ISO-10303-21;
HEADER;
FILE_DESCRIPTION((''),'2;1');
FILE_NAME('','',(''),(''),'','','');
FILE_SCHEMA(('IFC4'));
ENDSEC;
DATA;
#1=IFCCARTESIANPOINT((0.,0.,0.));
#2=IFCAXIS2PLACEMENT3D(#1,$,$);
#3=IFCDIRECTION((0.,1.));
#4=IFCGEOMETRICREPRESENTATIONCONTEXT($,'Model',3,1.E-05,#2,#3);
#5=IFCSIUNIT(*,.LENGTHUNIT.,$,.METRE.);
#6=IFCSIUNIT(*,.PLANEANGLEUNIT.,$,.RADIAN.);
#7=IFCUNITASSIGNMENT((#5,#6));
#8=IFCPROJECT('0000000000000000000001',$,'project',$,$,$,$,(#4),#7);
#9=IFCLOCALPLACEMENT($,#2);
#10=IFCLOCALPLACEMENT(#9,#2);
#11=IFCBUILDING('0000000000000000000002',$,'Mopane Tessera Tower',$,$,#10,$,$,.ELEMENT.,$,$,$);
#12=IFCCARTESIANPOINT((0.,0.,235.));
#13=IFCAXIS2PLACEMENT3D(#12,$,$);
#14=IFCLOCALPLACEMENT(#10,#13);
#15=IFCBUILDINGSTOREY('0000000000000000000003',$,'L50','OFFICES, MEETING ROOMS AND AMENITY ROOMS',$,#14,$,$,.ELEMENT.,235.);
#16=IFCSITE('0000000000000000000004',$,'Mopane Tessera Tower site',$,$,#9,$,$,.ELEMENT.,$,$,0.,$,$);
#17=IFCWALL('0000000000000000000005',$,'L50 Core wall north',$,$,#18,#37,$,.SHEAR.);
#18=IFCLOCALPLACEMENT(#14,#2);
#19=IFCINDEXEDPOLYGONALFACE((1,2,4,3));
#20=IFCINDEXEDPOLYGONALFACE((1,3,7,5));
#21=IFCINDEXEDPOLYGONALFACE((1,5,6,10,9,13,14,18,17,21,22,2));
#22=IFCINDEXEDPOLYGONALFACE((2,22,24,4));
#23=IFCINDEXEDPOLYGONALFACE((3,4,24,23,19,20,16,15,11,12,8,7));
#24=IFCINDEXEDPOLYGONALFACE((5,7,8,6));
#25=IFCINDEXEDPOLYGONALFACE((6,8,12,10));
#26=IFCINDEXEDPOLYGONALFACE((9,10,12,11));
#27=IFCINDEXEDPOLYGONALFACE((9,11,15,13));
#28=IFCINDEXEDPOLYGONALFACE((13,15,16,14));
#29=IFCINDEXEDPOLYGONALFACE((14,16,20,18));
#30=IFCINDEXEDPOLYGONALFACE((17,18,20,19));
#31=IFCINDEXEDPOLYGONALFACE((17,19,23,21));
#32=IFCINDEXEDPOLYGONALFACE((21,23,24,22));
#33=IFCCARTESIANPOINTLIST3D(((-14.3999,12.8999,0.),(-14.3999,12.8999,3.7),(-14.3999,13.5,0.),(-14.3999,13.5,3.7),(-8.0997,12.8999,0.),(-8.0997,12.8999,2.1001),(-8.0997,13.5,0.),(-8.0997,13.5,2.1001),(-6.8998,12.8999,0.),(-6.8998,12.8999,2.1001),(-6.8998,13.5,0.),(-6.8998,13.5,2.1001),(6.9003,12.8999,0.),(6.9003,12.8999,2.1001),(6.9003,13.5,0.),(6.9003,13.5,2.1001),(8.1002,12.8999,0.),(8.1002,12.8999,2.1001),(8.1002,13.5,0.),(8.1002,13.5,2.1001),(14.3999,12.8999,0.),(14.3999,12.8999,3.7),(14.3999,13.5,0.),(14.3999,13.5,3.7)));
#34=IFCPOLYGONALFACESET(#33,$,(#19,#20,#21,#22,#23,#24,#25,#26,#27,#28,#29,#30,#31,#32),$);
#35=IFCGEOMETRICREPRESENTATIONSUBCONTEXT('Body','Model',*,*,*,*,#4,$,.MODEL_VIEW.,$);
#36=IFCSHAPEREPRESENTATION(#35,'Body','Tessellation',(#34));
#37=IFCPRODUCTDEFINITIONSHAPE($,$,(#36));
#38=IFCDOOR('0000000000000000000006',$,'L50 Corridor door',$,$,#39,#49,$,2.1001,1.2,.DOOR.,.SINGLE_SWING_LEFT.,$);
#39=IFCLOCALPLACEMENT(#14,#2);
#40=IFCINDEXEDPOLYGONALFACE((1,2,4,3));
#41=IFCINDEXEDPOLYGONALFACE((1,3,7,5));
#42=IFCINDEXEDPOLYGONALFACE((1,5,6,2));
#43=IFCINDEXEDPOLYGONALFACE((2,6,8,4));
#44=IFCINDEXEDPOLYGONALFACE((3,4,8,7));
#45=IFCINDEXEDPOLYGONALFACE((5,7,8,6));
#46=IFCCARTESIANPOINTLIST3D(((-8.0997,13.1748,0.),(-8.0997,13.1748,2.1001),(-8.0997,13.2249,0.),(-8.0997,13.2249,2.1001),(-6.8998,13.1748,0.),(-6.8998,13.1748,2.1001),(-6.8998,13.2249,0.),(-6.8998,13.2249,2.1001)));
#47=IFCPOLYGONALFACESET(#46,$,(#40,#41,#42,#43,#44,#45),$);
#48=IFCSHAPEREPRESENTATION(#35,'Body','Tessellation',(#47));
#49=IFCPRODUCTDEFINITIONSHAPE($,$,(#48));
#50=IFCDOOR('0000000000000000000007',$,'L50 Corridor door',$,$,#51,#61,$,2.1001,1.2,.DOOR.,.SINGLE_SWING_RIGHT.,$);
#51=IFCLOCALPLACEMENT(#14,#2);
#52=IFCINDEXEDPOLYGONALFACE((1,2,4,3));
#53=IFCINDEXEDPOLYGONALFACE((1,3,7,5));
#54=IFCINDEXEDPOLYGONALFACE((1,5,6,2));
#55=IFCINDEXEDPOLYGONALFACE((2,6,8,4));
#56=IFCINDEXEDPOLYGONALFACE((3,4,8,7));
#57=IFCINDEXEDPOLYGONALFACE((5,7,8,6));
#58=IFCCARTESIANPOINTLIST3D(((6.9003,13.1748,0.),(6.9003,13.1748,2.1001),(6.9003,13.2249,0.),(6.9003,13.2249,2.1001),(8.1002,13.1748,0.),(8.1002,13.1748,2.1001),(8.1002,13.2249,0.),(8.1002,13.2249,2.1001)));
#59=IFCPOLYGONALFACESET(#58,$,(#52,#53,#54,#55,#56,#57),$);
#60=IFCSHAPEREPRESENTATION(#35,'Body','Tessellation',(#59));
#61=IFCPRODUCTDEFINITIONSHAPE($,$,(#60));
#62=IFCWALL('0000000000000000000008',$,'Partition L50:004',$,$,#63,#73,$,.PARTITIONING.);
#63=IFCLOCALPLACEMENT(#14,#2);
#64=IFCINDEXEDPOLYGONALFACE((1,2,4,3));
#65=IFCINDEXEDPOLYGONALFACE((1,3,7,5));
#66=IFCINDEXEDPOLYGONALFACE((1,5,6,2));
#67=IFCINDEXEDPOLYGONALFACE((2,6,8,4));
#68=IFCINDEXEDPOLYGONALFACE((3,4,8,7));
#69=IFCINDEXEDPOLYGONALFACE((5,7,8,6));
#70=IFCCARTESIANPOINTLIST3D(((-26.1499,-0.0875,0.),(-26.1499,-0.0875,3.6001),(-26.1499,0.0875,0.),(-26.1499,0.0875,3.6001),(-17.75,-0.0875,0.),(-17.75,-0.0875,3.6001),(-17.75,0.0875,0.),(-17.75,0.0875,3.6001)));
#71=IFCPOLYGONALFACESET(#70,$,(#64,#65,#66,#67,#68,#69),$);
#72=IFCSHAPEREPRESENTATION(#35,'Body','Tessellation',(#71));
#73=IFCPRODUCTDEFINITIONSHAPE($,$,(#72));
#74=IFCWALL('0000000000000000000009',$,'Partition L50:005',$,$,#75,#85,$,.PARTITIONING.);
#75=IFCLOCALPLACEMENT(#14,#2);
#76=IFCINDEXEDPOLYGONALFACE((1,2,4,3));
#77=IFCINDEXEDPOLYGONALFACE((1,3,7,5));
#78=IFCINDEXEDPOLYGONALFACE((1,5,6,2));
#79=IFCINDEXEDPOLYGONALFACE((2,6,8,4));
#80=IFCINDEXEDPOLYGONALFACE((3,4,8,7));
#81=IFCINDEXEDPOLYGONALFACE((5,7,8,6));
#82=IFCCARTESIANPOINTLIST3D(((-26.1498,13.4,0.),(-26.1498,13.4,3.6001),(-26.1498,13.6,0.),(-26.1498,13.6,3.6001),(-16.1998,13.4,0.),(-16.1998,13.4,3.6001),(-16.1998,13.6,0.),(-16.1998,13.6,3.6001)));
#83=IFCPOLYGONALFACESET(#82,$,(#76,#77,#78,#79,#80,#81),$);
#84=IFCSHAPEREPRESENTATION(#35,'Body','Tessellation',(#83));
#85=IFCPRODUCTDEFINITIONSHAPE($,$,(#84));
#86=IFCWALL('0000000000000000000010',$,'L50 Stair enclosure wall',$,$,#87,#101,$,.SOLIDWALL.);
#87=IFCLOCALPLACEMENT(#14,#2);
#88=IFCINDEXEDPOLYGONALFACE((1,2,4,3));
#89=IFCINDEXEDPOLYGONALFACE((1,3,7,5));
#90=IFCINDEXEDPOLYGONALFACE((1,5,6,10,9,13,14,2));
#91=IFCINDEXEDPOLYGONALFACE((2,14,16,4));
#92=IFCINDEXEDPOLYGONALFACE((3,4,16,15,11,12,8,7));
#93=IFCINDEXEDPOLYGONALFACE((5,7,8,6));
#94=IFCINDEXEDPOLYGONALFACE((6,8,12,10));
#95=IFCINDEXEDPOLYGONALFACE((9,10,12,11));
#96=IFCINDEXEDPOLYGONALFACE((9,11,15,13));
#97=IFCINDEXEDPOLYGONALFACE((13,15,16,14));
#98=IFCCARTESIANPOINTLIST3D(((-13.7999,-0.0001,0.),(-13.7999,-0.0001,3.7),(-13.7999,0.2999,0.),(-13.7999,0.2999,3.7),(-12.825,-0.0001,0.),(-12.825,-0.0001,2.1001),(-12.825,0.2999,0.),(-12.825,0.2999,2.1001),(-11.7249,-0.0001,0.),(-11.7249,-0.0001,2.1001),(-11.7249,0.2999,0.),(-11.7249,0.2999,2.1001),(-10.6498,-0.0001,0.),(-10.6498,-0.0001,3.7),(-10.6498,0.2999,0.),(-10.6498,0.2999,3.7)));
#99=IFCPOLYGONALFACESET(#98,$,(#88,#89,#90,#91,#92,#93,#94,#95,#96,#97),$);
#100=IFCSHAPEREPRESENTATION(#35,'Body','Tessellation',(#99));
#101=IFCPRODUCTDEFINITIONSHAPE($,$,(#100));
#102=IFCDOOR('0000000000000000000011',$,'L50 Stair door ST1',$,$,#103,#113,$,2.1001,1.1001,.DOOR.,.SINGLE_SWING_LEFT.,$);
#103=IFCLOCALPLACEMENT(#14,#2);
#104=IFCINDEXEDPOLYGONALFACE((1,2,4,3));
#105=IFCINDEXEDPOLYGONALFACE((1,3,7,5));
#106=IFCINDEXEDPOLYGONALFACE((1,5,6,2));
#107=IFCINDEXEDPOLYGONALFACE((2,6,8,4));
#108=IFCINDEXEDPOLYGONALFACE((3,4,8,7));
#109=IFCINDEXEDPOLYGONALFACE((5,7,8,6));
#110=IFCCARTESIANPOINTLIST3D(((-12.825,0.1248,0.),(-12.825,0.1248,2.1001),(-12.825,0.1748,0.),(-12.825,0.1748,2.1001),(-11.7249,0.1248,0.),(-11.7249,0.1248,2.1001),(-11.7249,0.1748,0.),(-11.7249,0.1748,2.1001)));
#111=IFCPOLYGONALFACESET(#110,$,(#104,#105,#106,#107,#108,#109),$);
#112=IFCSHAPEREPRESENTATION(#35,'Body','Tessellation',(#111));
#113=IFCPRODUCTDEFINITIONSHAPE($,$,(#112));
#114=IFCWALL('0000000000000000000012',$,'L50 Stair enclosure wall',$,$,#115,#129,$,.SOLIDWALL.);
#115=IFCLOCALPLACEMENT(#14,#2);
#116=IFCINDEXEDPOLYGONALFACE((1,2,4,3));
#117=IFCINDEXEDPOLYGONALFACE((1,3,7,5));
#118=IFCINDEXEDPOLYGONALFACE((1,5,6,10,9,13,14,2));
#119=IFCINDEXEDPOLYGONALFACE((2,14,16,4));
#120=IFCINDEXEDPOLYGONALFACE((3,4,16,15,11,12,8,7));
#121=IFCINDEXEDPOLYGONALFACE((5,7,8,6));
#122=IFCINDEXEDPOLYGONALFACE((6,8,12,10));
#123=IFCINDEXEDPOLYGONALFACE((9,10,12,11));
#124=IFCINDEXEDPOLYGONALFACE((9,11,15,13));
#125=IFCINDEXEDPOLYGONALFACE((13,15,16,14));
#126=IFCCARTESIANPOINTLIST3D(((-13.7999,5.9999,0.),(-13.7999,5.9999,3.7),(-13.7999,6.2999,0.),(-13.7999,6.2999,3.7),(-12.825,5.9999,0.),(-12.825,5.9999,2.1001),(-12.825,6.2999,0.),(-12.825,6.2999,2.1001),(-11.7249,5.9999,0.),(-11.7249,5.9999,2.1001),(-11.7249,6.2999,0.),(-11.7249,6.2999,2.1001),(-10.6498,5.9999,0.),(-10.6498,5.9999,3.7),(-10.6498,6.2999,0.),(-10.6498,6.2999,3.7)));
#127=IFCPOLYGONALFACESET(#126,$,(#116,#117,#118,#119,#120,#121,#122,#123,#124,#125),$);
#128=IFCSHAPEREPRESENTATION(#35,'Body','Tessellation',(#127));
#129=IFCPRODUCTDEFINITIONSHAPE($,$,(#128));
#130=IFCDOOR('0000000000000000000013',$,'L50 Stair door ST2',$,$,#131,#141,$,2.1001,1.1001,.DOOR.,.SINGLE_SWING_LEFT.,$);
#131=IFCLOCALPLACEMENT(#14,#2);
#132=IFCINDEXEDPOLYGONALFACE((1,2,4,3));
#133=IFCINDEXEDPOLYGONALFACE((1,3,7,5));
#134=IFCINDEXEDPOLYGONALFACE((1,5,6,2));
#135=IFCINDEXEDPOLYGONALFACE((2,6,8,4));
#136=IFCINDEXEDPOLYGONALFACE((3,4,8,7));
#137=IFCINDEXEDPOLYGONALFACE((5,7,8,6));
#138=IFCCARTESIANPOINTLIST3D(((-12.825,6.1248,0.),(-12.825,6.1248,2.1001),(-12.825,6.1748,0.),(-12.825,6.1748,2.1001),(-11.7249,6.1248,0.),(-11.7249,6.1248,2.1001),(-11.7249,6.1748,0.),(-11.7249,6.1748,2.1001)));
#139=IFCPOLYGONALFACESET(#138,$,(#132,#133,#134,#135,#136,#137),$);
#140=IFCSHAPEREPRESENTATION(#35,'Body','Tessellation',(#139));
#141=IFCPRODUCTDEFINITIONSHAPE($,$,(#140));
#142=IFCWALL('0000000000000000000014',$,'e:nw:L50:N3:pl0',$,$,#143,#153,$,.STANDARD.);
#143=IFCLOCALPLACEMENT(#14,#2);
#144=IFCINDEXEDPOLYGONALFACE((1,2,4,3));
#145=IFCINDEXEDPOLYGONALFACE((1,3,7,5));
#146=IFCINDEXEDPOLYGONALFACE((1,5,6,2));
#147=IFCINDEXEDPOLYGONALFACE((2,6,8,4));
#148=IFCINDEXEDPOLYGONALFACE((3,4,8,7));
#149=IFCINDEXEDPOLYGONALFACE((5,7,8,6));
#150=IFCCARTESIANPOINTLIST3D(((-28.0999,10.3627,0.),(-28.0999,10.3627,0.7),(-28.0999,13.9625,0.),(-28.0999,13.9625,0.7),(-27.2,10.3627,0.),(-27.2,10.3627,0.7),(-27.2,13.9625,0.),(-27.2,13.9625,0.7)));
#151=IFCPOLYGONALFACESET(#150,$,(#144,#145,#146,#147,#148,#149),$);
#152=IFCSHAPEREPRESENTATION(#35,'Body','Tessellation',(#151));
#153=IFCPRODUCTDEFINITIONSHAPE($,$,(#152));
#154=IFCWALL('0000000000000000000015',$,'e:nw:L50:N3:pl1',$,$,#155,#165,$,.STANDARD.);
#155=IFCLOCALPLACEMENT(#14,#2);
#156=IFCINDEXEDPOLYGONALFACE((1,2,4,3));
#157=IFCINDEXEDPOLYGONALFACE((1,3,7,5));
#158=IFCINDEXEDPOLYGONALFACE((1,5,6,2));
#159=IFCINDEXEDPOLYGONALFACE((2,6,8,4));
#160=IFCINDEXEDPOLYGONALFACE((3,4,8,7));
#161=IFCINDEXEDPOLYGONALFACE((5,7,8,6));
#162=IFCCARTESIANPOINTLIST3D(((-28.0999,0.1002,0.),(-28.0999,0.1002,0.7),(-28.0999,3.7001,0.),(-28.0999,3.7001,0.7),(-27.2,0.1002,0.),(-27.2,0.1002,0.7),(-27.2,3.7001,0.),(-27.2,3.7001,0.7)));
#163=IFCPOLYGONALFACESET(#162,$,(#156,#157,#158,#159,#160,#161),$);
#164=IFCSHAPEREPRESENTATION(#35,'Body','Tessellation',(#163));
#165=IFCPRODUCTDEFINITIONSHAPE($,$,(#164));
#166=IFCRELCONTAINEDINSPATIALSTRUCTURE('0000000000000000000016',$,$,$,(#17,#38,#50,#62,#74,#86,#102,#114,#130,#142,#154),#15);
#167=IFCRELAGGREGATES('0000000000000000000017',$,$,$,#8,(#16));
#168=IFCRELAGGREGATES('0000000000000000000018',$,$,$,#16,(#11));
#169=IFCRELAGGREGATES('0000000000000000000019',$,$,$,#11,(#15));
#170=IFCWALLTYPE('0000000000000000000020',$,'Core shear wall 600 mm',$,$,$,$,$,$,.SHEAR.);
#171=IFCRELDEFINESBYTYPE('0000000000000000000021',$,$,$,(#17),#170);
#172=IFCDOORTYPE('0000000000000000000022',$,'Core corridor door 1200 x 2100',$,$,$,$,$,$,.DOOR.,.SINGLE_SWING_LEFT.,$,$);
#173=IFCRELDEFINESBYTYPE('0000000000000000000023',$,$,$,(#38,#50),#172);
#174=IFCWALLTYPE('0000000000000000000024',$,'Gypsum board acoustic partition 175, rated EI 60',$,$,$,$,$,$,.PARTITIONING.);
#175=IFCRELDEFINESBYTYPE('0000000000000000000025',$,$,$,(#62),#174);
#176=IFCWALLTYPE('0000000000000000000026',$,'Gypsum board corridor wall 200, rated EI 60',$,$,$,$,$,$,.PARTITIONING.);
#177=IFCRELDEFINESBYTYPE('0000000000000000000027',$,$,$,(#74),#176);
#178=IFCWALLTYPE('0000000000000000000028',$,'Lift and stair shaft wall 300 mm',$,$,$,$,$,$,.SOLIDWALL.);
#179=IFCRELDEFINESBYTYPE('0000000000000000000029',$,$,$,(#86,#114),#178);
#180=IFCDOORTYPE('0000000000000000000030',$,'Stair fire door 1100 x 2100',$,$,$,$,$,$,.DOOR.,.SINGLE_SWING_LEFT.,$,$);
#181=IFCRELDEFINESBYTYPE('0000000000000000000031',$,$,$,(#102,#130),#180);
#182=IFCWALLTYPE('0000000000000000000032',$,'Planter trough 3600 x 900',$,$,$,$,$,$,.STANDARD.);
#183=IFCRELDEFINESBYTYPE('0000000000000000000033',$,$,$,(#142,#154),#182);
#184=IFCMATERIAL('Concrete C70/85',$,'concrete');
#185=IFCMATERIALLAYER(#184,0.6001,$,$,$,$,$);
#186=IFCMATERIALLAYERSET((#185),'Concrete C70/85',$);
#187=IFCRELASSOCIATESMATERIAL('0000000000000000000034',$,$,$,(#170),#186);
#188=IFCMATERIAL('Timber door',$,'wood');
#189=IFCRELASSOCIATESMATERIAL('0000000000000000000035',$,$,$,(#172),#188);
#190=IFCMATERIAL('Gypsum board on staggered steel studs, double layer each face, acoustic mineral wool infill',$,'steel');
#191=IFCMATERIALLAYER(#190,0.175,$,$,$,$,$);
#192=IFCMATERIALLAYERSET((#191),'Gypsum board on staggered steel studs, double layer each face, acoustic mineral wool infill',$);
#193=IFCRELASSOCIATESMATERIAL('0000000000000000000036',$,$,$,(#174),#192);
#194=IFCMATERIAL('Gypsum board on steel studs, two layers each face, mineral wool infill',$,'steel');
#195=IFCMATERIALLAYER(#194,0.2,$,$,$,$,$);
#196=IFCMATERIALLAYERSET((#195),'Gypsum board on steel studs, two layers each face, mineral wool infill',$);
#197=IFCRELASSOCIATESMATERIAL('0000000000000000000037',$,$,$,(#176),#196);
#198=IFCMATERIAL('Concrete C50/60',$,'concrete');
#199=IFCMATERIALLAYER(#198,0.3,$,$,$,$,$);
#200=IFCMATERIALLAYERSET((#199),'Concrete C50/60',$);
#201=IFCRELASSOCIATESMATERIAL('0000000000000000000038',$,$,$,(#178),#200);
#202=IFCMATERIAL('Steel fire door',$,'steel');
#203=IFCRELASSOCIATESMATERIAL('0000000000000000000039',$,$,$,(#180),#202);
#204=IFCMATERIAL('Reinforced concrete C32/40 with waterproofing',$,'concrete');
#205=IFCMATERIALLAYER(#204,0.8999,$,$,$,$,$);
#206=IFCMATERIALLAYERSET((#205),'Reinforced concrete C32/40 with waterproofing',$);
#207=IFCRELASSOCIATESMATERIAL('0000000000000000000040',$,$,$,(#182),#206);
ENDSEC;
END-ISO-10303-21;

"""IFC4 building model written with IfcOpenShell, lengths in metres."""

from ifc_helpers import new_model, si_unit, direction, frame, frame_2d, origin, place, context, subcontext, project, spatial, rectangle, extrude, material, layer, layer_set, type_object, element, fill, save


model = new_model("IFC4")

# Units and contexts
model_context = context("Model", 3, precision=1e-05, world=origin(), true_north=direction((0.0, 1.0)))
body_context = subcontext(model_context, "Body", "Model", "MODEL_VIEW")
ifc_project = project(units=[si_unit("LENGTHUNIT", "METRE"), si_unit("PLANEANGLEUNIT", "RADIAN")], contexts=[model_context])

# Site, building, storey
site_placement = place(None, origin())
site = spatial("IfcSite", under=ifc_project, at=site_placement, Name="Mopane Tessera Tower site", CompositionType="ELEMENT", RefElevation=0.0)
building_placement = place(site_placement, origin())
building = spatial("IfcBuilding", under=site, at=building_placement, Name="Mopane Tessera Tower", CompositionType="ELEMENT")
storey_placement = place(building_placement, frame((0.0, 0.0, 235.0)))
storey = spatial("IfcBuildingStorey", under=building, at=storey_placement, Name="L50", Description="OFFICES, MEETING ROOMS AND AMENITY ROOMS", CompositionType="ELEMENT", Elevation=235.0)

# Wall, openings, doors
ifc_material_1 = material(Name="Concrete C70/85", Category="concrete")
ifc_layer_1 = layer(ifc_material_1, 0.6001)
ifc_layer_set_1 = layer_set([ifc_layer_1], Name="Concrete C70/85")
wall_type_1 = type_object("IfcWallType", Name="Core shear wall 600 mm", PredefinedType="SHEAR", material=ifc_layer_set_1)
wall_1_placement = place(storey_placement, frame((-14.3999, 13.2, 0.0), z_axis=(0.0, 0.0, 1.0), x_axis=(1.0, 0.0, 0.0)))
wall_1 = element("IfcWall", 1, at=wall_1_placement, inside=storey, type_object=wall_type_1, Name="L50 Core wall north", PredefinedType="SHEAR", context=body_context, shape_type="SweptSolid", body=[
    extrude(rectangle(XDim=28.7998, YDim=0.6001, at=frame_2d((14.3999, 0.0))), origin(), (0.0, 0.0, 1.0), 3.7),
])
opening_1_placement = place(wall_1_placement, frame((6.3, 0.0, 0.0)))
opening_1 = element("IfcOpeningElement", 2, at=opening_1_placement, cuts=wall_1, PredefinedType="OPENING", context=body_context, shape_type="SweptSolid", body=[
    extrude(rectangle(XDim=1.2, YDim=2.1001, at=frame_2d((0.6001, 1.05))), frame((0.0, 0.312, 0.0), z_axis=(0.0, -1.0, 0.0), x_axis=(1.0, 0.0, 0.0)), (0.0, 0.0, 1.0), 0.624),
])
opening_2_placement = place(wall_1_placement, frame((21.3, 0.0, 0.0)))
opening_2 = element("IfcOpeningElement", 3, at=opening_2_placement, cuts=wall_1, PredefinedType="OPENING", context=body_context, shape_type="SweptSolid", body=[
    extrude(rectangle(XDim=1.2, YDim=2.1001, at=frame_2d((0.6001, 1.05))), frame((0.0, 0.312, 0.0), z_axis=(0.0, -1.0, 0.0), x_axis=(1.0, 0.0, 0.0)), (0.0, 0.0, 1.0), 0.624),
])
ifc_material_2 = material(Name="Timber door", Category="wood")
door_type_1 = type_object("IfcDoorType", Name="Core corridor door 1200 x 2100", OperationType="SINGLE_SWING_LEFT", PredefinedType="DOOR", material=ifc_material_2)
door_1_placement = place(opening_1_placement, origin())
door_1 = element("IfcDoor", 4, at=door_1_placement, inside=storey, type_object=door_type_1, Name="L50 Corridor door", OperationType="SINGLE_SWING_LEFT", OverallHeight=2.1001, OverallWidth=1.2, PredefinedType="DOOR", context=body_context, shape_type="SweptSolid", body=[
    extrude(rectangle(XDim=1.2, YDim=2.1001, at=frame_2d((0.6001, 1.05))), frame((0.0, 0.0249, 0.0), z_axis=(0.0, -1.0, 0.0), x_axis=(1.0, 0.0, 0.0)), (0.0, 0.0, 1.0), 0.05),
])
fill(opening_1, door_1)
door_2_placement = place(opening_2_placement, origin())
door_2 = element("IfcDoor", 5, at=door_2_placement, inside=storey, type_object=door_type_1, Name="L50 Corridor door", OperationType="SINGLE_SWING_RIGHT", OverallHeight=2.1001, OverallWidth=1.2, PredefinedType="DOOR", context=body_context, shape_type="SweptSolid", body=[
    extrude(rectangle(XDim=1.2, YDim=2.1001, at=frame_2d((0.6001, 1.05))), frame((0.0, 0.0249, 0.0), z_axis=(0.0, -1.0, 0.0), x_axis=(1.0, 0.0, 0.0)), (0.0, 0.0, 1.0), 0.05),
])
fill(opening_2, door_2)

# Walls
ifc_material_3 = material(Name="Gypsum board on staggered steel studs, double layer each face, acoustic mineral wool infill", Category="steel")
ifc_layer_2 = layer(ifc_material_3, 0.175)
ifc_layer_set_2 = layer_set([ifc_layer_2], Name="Gypsum board on staggered steel studs, double layer each face, acoustic mineral wool infill")
wall_type_2 = type_object("IfcWallType", Name="Gypsum board acoustic partition 175, rated EI 60", PredefinedType="PARTITIONING", material=ifc_layer_set_2)
wall_2_placement = place(storey_placement, frame((-26.1499, 0.0, 0.0), z_axis=(0.0, 0.0, 1.0), x_axis=(1.0, 0.0, 0.0)))
element("IfcWall", 6, at=wall_2_placement, inside=storey, type_object=wall_type_2, Name="Partition L50:004", PredefinedType="PARTITIONING", context=body_context, shape_type="SweptSolid", body=[
    extrude(rectangle(XDim=8.3999, YDim=0.175, at=frame_2d((4.2, 0.0))), origin(), (0.0, 0.0, 1.0), 3.6001),
])
ifc_material_4 = material(Name="Gypsum board on steel studs, two layers each face, mineral wool infill", Category="steel")
ifc_layer_3 = layer(ifc_material_4, 0.2)
ifc_layer_set_3 = layer_set([ifc_layer_3], Name="Gypsum board on steel studs, two layers each face, mineral wool infill")
wall_type_3 = type_object("IfcWallType", Name="Gypsum board corridor wall 200, rated EI 60", PredefinedType="PARTITIONING", material=ifc_layer_set_3)
wall_3_placement = place(storey_placement, frame((-26.1499, 13.5, 0.0), z_axis=(0.0, 0.0, 1.0), x_axis=(1.0, 0.0, 0.0)))
element("IfcWall", 7, at=wall_3_placement, inside=storey, type_object=wall_type_3, Name="Partition L50:005", PredefinedType="PARTITIONING", context=body_context, shape_type="SweptSolid", body=[
    extrude(rectangle(XDim=9.95, YDim=0.2, at=frame_2d((4.9751, 0.0))), origin(), (0.0, 0.0, 1.0), 3.6001),
])

# Walls, openings, doors
ifc_material_5 = material(Name="Concrete C50/60", Category="concrete")
ifc_layer_4 = layer(ifc_material_5, 0.3)
ifc_layer_set_4 = layer_set([ifc_layer_4], Name="Concrete C50/60")
wall_type_4 = type_object("IfcWallType", Name="Lift and stair shaft wall 300 mm", PredefinedType="SOLIDWALL", material=ifc_layer_set_4)
wall_4_placement = place(storey_placement, frame((-13.8, 0.1499, 0.0), z_axis=(0.0, 0.0, 1.0), x_axis=(1.0, 0.0, 0.0)))
wall_4 = element("IfcWall", 8, at=wall_4_placement, inside=storey, type_object=wall_type_4, Name="L50 Stair enclosure wall", PredefinedType="SOLIDWALL", context=body_context, shape_type="SweptSolid", body=[
    extrude(rectangle(XDim=3.1501, YDim=0.3, at=frame_2d((1.5752, 0.0))), origin(), (0.0, 0.0, 1.0), 3.7),
])
opening_3_placement = place(wall_4_placement, frame((0.9751, 0.0, 0.0)))
opening_3 = element("IfcOpeningElement", 9, at=opening_3_placement, cuts=wall_4, PredefinedType="OPENING", context=body_context, shape_type="SweptSolid", body=[
    extrude(rectangle(XDim=1.1001, YDim=2.1001, at=frame_2d((0.55, 1.05))), frame((0.0, 0.1621, 0.0), z_axis=(0.0, -1.0, 0.0), x_axis=(1.0, 0.0, 0.0)), (0.0, 0.0, 1.0), 0.324),
])
ifc_material_6 = material(Name="Steel fire door", Category="steel")
door_type_2 = type_object("IfcDoorType", Name="Stair fire door 1100 x 2100", OperationType="SINGLE_SWING_LEFT", PredefinedType="DOOR", material=ifc_material_6)
door_3_placement = place(opening_3_placement, origin())
door_3 = element("IfcDoor", 10, at=door_3_placement, inside=storey, type_object=door_type_2, Name="L50 Stair door ST1", OperationType="SINGLE_SWING_LEFT", OverallHeight=2.1001, OverallWidth=1.1001, PredefinedType="DOOR", context=body_context, shape_type="SweptSolid", body=[
    extrude(rectangle(XDim=1.1001, YDim=2.1001, at=frame_2d((0.55, 1.05))), frame((0.0, 0.0249, 0.0), z_axis=(0.0, -1.0, 0.0), x_axis=(1.0, 0.0, 0.0)), (0.0, 0.0, 1.0), 0.05),
])
fill(opening_3, door_3)
wall_5_placement = place(storey_placement, frame((-13.8, 6.1499, 0.0), z_axis=(0.0, 0.0, 1.0), x_axis=(1.0, 0.0, 0.0)))
wall_5 = element("IfcWall", 11, at=wall_5_placement, inside=storey, type_object=wall_type_4, Name="L50 Stair enclosure wall", PredefinedType="SOLIDWALL", context=body_context, shape_type="SweptSolid", body=[
    extrude(rectangle(XDim=3.1501, YDim=0.3, at=frame_2d((1.5752, 0.0))), origin(), (0.0, 0.0, 1.0), 3.7),
])
opening_4_placement = place(wall_5_placement, frame((0.9751, 0.0, 0.0)))
opening_4 = element("IfcOpeningElement", 12, at=opening_4_placement, cuts=wall_5, PredefinedType="OPENING", context=body_context, shape_type="SweptSolid", body=[
    extrude(rectangle(XDim=1.1001, YDim=2.1001, at=frame_2d((0.55, 1.05))), frame((0.0, 0.1621, 0.0), z_axis=(0.0, -1.0, 0.0), x_axis=(1.0, 0.0, 0.0)), (0.0, 0.0, 1.0), 0.324),
])
door_4_placement = place(opening_4_placement, origin())
door_4 = element("IfcDoor", 13, at=door_4_placement, inside=storey, type_object=door_type_2, Name="L50 Stair door ST2", OperationType="SINGLE_SWING_LEFT", OverallHeight=2.1001, OverallWidth=1.1001, PredefinedType="DOOR", context=body_context, shape_type="SweptSolid", body=[
    extrude(rectangle(XDim=1.1001, YDim=2.1001, at=frame_2d((0.55, 1.05))), frame((0.0, 0.0249, 0.0), z_axis=(0.0, -1.0, 0.0), x_axis=(1.0, 0.0, 0.0)), (0.0, 0.0, 1.0), 0.05),
])
fill(opening_4, door_4)

# Walls
ifc_material_7 = material(Name="Reinforced concrete C32/40 with waterproofing", Category="concrete")
ifc_layer_5 = layer(ifc_material_7, 0.8999)
ifc_layer_set_5 = layer_set([ifc_layer_5], Name="Reinforced concrete C32/40 with waterproofing")
wall_type_5 = type_object("IfcWallType", Name="Planter trough 3600 x 900", PredefinedType="STANDARD", material=ifc_layer_set_5)
for number, where, z_axis, x_axis, name in (
    (14, (-27.6499, 13.9624, 0.0), (0.0, 0.0, 1.0), (0.0, -1.0, 0.0), "e:nw:L50:N3:pl0"),
    (15, (-27.6499, 3.7, 0.0), (0.0, 0.0, 1.0), (0.0, -1.0, 0.0), "e:nw:L50:N3:pl1"),
):
    element("IfcWall", number, at=place(storey_placement, frame(where, z_axis=z_axis, x_axis=x_axis)), inside=storey, type_object=wall_type_5, Name=name, PredefinedType="STANDARD", context=body_context, shape_type="SweptSolid", body=[
        extrude(rectangle(XDim=3.5999, YDim=0.8999, at=frame_2d((1.7998, 0.0))), origin(), (0.0, 0.0, 1.0), 0.7),
    ])

save(model, "model.ifc")
